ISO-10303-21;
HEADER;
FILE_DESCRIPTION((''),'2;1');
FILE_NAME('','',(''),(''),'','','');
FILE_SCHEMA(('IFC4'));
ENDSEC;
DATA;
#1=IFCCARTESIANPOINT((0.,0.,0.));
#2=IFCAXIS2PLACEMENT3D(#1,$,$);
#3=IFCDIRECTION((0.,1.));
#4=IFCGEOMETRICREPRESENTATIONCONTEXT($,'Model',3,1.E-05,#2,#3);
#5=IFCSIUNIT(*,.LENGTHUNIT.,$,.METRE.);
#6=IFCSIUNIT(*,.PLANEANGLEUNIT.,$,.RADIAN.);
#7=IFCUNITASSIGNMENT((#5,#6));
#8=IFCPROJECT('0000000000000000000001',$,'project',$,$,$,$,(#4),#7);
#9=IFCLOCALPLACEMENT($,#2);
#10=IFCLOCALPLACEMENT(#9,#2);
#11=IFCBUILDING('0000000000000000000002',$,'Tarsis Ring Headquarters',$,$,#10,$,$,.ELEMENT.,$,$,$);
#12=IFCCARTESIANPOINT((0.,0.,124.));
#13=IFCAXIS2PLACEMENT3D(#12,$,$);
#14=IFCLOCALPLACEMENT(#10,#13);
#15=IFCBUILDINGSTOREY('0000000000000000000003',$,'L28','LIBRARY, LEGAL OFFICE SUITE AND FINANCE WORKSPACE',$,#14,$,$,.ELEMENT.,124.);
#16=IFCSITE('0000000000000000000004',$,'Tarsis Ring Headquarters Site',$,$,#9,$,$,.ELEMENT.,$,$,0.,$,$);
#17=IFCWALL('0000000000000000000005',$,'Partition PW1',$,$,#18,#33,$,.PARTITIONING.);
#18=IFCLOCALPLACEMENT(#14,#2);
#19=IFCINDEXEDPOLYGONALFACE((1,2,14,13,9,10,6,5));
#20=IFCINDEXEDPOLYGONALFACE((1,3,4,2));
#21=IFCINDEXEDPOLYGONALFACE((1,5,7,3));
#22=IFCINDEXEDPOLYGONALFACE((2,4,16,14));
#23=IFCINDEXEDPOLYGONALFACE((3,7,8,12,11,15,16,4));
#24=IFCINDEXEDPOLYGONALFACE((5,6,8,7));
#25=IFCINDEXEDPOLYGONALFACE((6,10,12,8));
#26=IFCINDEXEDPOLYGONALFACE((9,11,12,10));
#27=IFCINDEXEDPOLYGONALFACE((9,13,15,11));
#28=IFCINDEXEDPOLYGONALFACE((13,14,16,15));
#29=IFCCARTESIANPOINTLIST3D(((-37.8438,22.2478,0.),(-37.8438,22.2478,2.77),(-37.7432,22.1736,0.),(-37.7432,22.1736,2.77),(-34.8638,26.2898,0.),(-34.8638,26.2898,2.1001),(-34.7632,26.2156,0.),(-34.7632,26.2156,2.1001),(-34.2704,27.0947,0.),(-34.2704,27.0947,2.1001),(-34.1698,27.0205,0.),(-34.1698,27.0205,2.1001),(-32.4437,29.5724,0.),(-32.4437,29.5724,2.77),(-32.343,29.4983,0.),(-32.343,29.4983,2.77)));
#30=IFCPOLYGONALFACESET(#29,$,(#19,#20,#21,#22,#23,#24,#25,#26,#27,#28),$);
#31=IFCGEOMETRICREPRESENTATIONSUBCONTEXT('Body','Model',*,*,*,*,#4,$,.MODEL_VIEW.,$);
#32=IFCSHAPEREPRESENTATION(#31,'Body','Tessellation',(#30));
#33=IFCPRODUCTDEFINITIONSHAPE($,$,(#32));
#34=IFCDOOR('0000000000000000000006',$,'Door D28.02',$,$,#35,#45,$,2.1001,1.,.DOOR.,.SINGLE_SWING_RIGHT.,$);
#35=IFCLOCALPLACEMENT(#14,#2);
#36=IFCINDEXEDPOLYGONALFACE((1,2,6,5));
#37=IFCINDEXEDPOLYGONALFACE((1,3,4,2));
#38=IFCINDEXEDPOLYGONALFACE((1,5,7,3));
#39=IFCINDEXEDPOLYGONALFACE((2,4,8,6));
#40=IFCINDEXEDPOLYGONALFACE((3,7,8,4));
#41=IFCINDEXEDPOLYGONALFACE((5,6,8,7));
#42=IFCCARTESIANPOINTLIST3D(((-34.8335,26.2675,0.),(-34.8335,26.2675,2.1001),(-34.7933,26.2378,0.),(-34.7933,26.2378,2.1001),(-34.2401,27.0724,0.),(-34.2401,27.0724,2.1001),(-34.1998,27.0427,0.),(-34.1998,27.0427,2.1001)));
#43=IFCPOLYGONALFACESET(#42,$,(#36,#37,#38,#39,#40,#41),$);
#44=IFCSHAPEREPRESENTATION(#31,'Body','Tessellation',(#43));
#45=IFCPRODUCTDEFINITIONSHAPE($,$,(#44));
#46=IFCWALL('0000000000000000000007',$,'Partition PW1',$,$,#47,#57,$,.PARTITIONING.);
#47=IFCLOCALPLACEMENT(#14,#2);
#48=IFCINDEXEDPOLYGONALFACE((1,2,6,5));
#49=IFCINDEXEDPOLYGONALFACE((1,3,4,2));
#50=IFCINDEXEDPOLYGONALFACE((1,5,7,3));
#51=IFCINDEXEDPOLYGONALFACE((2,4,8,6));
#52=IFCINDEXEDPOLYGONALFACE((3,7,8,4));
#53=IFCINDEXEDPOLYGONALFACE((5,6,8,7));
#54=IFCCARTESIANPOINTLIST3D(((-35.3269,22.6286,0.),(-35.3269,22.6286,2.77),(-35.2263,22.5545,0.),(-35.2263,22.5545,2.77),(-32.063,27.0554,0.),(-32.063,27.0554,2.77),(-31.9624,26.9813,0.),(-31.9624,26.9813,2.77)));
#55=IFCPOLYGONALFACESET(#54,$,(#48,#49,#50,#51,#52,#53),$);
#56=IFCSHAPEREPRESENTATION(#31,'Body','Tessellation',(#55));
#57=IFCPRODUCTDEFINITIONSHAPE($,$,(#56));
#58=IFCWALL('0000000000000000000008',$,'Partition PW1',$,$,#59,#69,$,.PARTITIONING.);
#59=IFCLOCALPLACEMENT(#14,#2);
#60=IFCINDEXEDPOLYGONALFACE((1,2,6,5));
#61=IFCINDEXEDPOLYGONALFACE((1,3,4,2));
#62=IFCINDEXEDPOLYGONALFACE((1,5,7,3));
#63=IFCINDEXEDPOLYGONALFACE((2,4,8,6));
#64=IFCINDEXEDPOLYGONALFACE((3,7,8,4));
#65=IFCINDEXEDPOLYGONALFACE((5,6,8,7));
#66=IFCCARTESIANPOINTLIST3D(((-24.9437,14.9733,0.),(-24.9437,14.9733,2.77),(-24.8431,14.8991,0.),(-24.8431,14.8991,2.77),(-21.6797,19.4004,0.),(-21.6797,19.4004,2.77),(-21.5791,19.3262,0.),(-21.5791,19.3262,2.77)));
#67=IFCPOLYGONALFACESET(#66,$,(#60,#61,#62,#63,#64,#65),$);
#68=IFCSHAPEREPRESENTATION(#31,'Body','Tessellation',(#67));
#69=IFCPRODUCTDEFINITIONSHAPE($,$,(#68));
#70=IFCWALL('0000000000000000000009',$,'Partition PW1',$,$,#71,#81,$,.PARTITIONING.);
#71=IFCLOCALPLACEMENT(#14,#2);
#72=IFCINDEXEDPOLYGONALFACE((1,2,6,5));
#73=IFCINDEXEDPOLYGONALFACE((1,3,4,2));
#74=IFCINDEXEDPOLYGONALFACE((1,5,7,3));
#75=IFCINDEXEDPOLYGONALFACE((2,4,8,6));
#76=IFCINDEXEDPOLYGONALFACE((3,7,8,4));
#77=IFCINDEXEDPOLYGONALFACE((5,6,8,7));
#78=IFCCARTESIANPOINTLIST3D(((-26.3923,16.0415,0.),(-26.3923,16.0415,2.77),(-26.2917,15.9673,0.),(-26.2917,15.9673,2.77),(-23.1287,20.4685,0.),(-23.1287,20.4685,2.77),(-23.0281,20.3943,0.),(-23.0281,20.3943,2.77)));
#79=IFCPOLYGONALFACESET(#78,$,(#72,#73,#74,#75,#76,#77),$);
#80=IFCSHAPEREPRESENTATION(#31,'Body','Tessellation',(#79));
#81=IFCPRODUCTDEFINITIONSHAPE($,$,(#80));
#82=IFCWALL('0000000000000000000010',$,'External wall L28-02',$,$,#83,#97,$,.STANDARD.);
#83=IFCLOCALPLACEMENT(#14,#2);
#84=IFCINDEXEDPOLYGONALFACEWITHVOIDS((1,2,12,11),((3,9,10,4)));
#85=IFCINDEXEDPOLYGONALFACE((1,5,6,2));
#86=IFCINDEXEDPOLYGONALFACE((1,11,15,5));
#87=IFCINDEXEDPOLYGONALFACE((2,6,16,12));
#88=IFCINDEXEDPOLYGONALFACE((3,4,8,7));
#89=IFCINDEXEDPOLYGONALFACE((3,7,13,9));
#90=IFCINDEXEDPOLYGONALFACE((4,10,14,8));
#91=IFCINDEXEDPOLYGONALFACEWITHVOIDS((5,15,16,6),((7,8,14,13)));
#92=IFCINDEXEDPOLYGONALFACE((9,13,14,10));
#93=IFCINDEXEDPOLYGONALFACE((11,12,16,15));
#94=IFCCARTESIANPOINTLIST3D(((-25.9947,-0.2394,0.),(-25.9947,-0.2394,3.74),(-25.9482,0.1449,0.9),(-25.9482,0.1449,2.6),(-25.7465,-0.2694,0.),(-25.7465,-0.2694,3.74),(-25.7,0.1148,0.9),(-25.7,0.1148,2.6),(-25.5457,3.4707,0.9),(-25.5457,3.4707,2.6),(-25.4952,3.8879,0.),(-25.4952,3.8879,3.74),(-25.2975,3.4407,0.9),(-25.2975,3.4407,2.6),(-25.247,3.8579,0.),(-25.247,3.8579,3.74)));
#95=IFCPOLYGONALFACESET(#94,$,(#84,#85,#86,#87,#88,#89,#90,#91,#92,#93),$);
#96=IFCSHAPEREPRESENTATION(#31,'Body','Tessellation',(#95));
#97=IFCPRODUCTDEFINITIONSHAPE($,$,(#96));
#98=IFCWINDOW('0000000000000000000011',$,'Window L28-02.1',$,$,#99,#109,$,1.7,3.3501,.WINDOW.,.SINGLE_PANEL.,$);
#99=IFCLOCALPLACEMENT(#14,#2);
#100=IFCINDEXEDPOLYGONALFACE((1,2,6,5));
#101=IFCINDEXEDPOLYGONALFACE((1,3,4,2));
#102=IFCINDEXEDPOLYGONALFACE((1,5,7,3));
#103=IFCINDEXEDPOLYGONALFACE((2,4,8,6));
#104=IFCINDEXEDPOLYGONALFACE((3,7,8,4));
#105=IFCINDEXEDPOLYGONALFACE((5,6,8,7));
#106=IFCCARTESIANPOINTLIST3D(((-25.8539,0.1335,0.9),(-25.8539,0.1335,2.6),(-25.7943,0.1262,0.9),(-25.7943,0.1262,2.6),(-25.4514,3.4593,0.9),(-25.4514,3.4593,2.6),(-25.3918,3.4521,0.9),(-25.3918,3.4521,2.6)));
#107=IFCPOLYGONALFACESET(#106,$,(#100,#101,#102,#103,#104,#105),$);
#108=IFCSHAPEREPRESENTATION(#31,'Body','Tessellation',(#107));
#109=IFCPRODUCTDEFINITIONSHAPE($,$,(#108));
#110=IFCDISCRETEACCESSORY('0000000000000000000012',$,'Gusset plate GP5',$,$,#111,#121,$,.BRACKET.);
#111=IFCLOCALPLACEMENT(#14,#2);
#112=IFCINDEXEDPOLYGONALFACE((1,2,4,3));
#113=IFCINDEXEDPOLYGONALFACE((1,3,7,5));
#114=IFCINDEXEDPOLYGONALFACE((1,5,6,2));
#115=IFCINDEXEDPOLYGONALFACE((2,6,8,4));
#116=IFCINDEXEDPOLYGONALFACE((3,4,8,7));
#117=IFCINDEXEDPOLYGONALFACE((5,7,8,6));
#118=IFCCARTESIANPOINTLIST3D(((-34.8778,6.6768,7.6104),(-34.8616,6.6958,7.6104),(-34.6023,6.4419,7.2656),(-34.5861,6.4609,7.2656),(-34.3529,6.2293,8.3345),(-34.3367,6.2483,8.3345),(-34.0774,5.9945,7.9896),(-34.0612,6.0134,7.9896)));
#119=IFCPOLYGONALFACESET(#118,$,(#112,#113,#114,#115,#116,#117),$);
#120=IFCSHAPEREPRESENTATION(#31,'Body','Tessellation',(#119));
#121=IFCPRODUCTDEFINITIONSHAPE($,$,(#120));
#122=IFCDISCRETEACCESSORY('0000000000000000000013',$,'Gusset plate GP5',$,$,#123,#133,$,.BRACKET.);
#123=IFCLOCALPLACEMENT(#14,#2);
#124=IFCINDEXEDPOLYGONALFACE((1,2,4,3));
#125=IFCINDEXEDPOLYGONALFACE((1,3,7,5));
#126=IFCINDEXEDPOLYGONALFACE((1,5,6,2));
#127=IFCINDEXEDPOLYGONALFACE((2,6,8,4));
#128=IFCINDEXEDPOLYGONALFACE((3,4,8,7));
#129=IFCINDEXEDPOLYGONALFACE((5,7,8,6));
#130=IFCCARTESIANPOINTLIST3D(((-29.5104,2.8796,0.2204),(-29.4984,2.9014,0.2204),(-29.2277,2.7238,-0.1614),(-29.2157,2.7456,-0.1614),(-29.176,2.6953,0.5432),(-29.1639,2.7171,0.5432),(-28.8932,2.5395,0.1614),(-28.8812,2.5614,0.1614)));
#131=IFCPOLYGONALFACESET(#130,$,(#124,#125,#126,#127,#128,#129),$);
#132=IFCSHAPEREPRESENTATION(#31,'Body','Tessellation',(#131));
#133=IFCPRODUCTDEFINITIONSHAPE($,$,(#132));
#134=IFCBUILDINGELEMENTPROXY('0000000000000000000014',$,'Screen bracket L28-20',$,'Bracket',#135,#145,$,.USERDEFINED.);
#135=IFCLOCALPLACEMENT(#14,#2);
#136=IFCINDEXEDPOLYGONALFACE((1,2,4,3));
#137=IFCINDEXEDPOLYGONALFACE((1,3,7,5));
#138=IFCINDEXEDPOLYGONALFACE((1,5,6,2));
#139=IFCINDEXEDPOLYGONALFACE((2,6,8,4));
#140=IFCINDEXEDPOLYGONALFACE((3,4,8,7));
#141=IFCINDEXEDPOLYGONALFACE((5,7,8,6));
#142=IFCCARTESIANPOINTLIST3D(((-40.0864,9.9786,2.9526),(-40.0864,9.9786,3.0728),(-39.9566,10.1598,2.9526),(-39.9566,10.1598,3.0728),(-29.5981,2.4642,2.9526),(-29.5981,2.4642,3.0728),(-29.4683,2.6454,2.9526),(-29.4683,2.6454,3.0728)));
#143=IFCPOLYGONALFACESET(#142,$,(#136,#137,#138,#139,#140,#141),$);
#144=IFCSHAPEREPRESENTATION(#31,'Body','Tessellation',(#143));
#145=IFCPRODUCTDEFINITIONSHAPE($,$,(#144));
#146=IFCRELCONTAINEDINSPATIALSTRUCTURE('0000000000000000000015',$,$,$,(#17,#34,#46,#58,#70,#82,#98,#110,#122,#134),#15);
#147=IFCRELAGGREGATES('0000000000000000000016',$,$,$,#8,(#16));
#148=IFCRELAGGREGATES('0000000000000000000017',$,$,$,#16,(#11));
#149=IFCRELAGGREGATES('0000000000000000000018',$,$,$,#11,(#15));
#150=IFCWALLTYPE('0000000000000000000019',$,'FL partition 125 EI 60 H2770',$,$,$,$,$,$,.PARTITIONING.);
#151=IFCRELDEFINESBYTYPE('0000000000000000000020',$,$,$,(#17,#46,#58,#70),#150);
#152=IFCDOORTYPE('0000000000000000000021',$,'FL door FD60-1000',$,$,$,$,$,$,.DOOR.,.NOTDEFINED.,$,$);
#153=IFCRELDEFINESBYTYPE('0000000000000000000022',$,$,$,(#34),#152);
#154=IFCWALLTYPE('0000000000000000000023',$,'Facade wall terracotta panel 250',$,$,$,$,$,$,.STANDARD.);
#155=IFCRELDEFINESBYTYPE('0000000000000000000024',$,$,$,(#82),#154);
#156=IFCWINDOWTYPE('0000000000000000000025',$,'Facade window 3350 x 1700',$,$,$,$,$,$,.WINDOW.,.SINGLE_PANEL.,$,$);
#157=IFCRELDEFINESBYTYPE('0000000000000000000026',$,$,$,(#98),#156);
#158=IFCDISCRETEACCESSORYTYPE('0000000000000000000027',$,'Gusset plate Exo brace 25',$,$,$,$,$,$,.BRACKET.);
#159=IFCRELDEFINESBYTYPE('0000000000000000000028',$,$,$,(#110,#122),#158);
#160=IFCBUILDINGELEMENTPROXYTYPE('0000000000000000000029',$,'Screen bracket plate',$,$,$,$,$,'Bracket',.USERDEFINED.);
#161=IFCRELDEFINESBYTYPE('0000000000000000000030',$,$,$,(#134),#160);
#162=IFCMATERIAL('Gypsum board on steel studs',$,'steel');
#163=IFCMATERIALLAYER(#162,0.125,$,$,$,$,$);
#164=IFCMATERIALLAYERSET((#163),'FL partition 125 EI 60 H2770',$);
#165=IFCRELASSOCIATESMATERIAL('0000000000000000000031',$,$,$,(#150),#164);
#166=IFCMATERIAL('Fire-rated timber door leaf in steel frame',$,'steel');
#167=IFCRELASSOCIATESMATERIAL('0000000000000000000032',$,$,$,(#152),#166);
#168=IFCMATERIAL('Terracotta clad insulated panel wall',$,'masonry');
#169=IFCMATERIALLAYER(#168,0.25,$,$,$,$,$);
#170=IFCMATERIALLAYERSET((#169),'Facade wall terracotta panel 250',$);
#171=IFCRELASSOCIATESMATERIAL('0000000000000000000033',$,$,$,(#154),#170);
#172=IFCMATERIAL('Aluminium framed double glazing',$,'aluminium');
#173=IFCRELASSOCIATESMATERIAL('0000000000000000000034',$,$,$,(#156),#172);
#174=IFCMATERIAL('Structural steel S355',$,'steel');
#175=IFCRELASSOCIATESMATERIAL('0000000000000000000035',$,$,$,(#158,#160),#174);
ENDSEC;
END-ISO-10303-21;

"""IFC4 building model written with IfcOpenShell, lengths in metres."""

from ifc_helpers import new_model, si_unit, direction, frame, frame_2d, origin, origin_2d, place, context, subcontext, project, spatial, rectangle, extrude, material, layer, layer_set, material_profile, profile_set, type_object, element, fill, save


model = new_model("IFC4")

# Units and contexts
model_context = context("Model", 3, precision=1e-05, world=origin(), true_north=direction((0.0, 1.0)))
body_context = subcontext(model_context, "Body", "Model", "MODEL_VIEW")
ifc_project = project(units=[si_unit("LENGTHUNIT", "METRE"), si_unit("PLANEANGLEUNIT", "RADIAN")], contexts=[model_context])

# Site, building, storey
site_placement = place(None, origin())
site = spatial("IfcSite", under=ifc_project, at=site_placement, Name="Tarsis Ring Headquarters Site", CompositionType="ELEMENT", RefElevation=0.0)
building_placement = place(site_placement, origin())
building = spatial("IfcBuilding", under=site, at=building_placement, Name="Tarsis Ring Headquarters", CompositionType="ELEMENT")
storey_placement = place(building_placement, frame((0.0, 0.0, 124.0)))
storey = spatial("IfcBuildingStorey", under=building, at=storey_placement, Name="L28", Description="LIBRARY, LEGAL OFFICE SUITE AND FINANCE WORKSPACE", CompositionType="ELEMENT", Elevation=124.0)

# Shared definitions
ifc_material_1 = material(Name="Structural steel S355", Category="steel")

# Shared definitions
ifc_material_2 = material(Name="Gypsum board on steel studs", Category="steel")

# Shared definitions
ifc_layer_1 = layer(ifc_material_2, 0.125)
ifc_layer_set_1 = layer_set([ifc_layer_1], Name="FL partition 125 EI 60 H2770")
wall_type_1 = type_object("IfcWallType", Name="FL partition 125 EI 60 H2770", PredefinedType="PARTITIONING", material=ifc_layer_set_1)
ifc_material_3 = material(Name="Fire-rated timber door leaf in steel frame", Category="steel")
door_type_1 = type_object("IfcDoorType", Name="FL door FD60-1000", OperationType="NOTDEFINED", PredefinedType="DOOR", material=ifc_material_3)

# Wall, opening, door
wall_1_placement = place(storey_placement, frame((-37.7935, 22.2107, 0.0), z_axis=(0.0, 0.0, 1.0), x_axis=(0.593412, 0.804899, 0.0)))
wall_1 = element("IfcWall", 1, at=wall_1_placement, inside=storey, type_object=wall_type_1, Name="Partition PW1", PredefinedType="PARTITIONING", context=body_context, shape_type="SweptSolid", body=[
    extrude(rectangle(XDim=9.1001, YDim=0.125, at=frame_2d((4.55, 0.0))), origin(), (0.0, 0.0, 1.0), 2.77),
])
opening_1_placement = place(wall_1_placement, frame((5.0217, 0.0, 0.0)))
opening_1 = element("IfcOpeningElement", 2, at=opening_1_placement, cuts=wall_1, PredefinedType="OPENING", context=body_context, shape_type="SweptSolid", body=[
    extrude(rectangle(XDim=1.0, YDim=2.1001, at=frame_2d((0.5, 1.05))), frame((0.0, 0.0725, 0.0), z_axis=(0.0, -1.0, 0.0), x_axis=(1.0, 0.0, 0.0)), (0.0, 0.0, 1.0), 0.145),
])
door_1_placement = place(opening_1_placement, origin())
door_1 = element("IfcDoor", 3, at=door_1_placement, inside=storey, type_object=door_type_1, Name="Door D28.02", OperationType="SINGLE_SWING_RIGHT", OverallHeight=2.1001, OverallWidth=1.0, PredefinedType="DOOR", context=body_context, shape_type="SweptSolid", body=[
    extrude(rectangle(XDim=1.0, YDim=2.1001, at=frame_2d((0.5, 1.05))), frame((0.0, 0.0249, 0.0), z_axis=(0.0, -1.0, 0.0), x_axis=(1.0, 0.0, 0.0)), (0.0, 0.0, 1.0), 0.05),
])
fill(opening_1, door_1)

# Walls
wall_2_placement = place(storey_placement, frame((-35.2766, 22.5916, 0.0), z_axis=(0.0, 0.0, 1.0), x_axis=(0.593446, 0.804874, 0.0)))
element("IfcWall", 4, at=wall_2_placement, inside=storey, type_object=wall_type_1, Name="Partition PW1", PredefinedType="PARTITIONING", context=body_context, shape_type="SweptSolid", body=[
    extrude(rectangle(XDim=5.5, YDim=0.125, at=frame_2d((2.75, 0.0))), origin(), (0.0, 0.0, 1.0), 2.77),
])
wall_3_placement = place(storey_placement, frame((-24.8933, 14.9363, 0.0), z_axis=(0.0, 0.0, 1.0), x_axis=(0.593425, 0.80489, 0.0)))
element("IfcWall", 5, at=wall_3_placement, inside=storey, type_object=wall_type_1, Name="Partition PW1", PredefinedType="PARTITIONING", context=body_context, shape_type="SweptSolid", body=[
    extrude(rectangle(XDim=5.5002, YDim=0.125, at=frame_2d((2.75, 0.0))), origin(), (0.0, 0.0, 1.0), 2.77),
])
wall_4_placement = place(storey_placement, frame((-26.342, 16.0044, 0.0), z_axis=(0.0, 0.0, 1.0), x_axis=(0.593396, 0.804911, 0.0)))
element("IfcWall", 6, at=wall_4_placement, inside=storey, type_object=wall_type_1, Name="Partition PW1", PredefinedType="PARTITIONING", context=body_context, shape_type="SweptSolid", body=[
    extrude(rectangle(XDim=5.5, YDim=0.125, at=frame_2d((2.75, 0.0))), origin(), (0.0, 0.0, 1.0), 2.77),
])

# Wall, opening, window
ifc_material_4 = material(Name="Terracotta clad insulated panel wall", Category="masonry")
ifc_layer_2 = layer(ifc_material_4, 0.25)
ifc_layer_set_2 = layer_set([ifc_layer_2], Name="Facade wall terracotta panel 250")
wall_type_2 = type_object("IfcWallType", Name="Facade wall terracotta panel 250", PredefinedType="STANDARD", material=ifc_layer_set_2)
wall_5_placement = place(storey_placement, frame((-25.3711, 3.8728, 0.0), z_axis=(0.0, 0.0, 1.0), x_axis=(-0.120145, -0.992756, 0.0)))
wall_5 = element("IfcWall", 7, at=wall_5_placement, inside=storey, type_object=wall_type_2, Name="External wall L28-02", PredefinedType="STANDARD", context=body_context, shape_type="SweptSolid", body=[
    extrude(rectangle(XDim=4.1575, YDim=0.25, at=frame_2d((2.0786, 0.0))), origin(), (0.0, 0.0, 1.0), 3.74),
])
opening_2_placement = place(wall_5_placement, frame((0.4202, 0.0, 0.8999)))
opening_2 = element("IfcOpeningElement", 8, at=opening_2_placement, cuts=wall_5, PredefinedType="OPENING", context=body_context, shape_type="SweptSolid", body=[
    extrude(rectangle(XDim=3.3501, YDim=1.7, at=frame_2d((1.675, 0.8501))), frame((0.0, 0.135, 0.0), z_axis=(0.0, -1.0, 0.0), x_axis=(1.0, 0.0, 0.0)), (0.0, 0.0, 1.0), 0.27),
])
ifc_material_5 = material(Name="Aluminium framed double glazing", Category="aluminium")
window_type = type_object("IfcWindowType", Name="Facade window 3350 x 1700", PartitioningType="SINGLE_PANEL", PredefinedType="WINDOW", material=ifc_material_5)
window_placement = place(opening_2_placement, origin())
window = element("IfcWindow", 9, at=window_placement, inside=storey, type_object=window_type, Name="Window L28-02.1", OverallHeight=1.7, OverallWidth=3.3501, PartitioningType="SINGLE_PANEL", PredefinedType="WINDOW", context=body_context, shape_type="SweptSolid", body=[
    extrude(rectangle(XDim=3.3501, YDim=1.7, at=frame_2d((1.675, 0.8501))), frame((0.0, 0.03, 0.0), z_axis=(0.0, -1.0, 0.0), x_axis=(1.0, 0.0, 0.0)), (0.0, 0.0, 1.0), 0.0601),
])
fill(opening_2, window)

# Discrete accessories
ifc_material_profile_1 = material_profile(ifc_material_1, rectangle(XDim=0.0249, YDim=0.5, at=origin_2d()), Name="PL 25x500")
ifc_profile_set_1 = profile_set([ifc_material_profile_1], Name="Structural steel S355")
discrete_accessory_type = type_object("IfcDiscreteAccessoryType", Name="Gusset plate Exo brace 25", PredefinedType="BRACKET", material=ifc_profile_set_1)
discrete_accessory_1_placement = place(storey_placement, frame((-34.7319, 6.5688, 7.438), z_axis=(0.524866, -0.447479, 0.724071), x_axis=(0.648778, 0.760978, 0.0)))
element("IfcDiscreteAccessory", 10, at=discrete_accessory_1_placement, inside=storey, type_object=discrete_accessory_type, Name="Gusset plate GP5", PredefinedType="BRACKET", context=body_context, shape_type="SweptSolid", body=[
    extrude(rectangle(XDim=0.0249, YDim=0.5, at=origin_2d()), origin(), (0.0, 0.0, 1.0), 1.0),
])
discrete_accessory_2_placement = place(storey_placement, frame((-29.0544, 2.6426, 0.0), z_axis=(-0.565443, 0.311531, 0.76369), x_axis=(-0.482557, -0.875864, 0.0)))
element("IfcDiscreteAccessory", 11, at=discrete_accessory_2_placement, inside=storey, type_object=discrete_accessory_type, Name="Gusset plate GP5", PredefinedType="BRACKET", context=body_context, shape_type="SweptSolid", body=[
    extrude(rectangle(XDim=0.0249, YDim=0.5, at=origin_2d()), origin(), (0.0, 0.0, 1.0), 0.5),
])

# Building element proxy
building_element_proxy_type = type_object("IfcBuildingElementProxyType", Name="Screen bracket plate", ElementType="Bracket", PredefinedType="USERDEFINED", material=ifc_material_1)
proxy_placement = place(storey_placement, frame((-34.7773, 6.312, 2.9526), z_axis=(0.0, 0.0, 1.0), x_axis=(0.812897, -0.582407, 0.0)))
element("IfcBuildingElementProxy", 12, at=proxy_placement, inside=storey, type_object=building_element_proxy_type, Name="Screen bracket L28-20", ObjectType="Bracket", PredefinedType="USERDEFINED", context=body_context, shape_type="SweptSolid", body=[
    extrude(rectangle(XDim=12.9023, YDim=0.2229, at=origin_2d()), origin(), (0.0, 0.0, 1.0), 0.1201),
])

save(model, "model.ifc")
